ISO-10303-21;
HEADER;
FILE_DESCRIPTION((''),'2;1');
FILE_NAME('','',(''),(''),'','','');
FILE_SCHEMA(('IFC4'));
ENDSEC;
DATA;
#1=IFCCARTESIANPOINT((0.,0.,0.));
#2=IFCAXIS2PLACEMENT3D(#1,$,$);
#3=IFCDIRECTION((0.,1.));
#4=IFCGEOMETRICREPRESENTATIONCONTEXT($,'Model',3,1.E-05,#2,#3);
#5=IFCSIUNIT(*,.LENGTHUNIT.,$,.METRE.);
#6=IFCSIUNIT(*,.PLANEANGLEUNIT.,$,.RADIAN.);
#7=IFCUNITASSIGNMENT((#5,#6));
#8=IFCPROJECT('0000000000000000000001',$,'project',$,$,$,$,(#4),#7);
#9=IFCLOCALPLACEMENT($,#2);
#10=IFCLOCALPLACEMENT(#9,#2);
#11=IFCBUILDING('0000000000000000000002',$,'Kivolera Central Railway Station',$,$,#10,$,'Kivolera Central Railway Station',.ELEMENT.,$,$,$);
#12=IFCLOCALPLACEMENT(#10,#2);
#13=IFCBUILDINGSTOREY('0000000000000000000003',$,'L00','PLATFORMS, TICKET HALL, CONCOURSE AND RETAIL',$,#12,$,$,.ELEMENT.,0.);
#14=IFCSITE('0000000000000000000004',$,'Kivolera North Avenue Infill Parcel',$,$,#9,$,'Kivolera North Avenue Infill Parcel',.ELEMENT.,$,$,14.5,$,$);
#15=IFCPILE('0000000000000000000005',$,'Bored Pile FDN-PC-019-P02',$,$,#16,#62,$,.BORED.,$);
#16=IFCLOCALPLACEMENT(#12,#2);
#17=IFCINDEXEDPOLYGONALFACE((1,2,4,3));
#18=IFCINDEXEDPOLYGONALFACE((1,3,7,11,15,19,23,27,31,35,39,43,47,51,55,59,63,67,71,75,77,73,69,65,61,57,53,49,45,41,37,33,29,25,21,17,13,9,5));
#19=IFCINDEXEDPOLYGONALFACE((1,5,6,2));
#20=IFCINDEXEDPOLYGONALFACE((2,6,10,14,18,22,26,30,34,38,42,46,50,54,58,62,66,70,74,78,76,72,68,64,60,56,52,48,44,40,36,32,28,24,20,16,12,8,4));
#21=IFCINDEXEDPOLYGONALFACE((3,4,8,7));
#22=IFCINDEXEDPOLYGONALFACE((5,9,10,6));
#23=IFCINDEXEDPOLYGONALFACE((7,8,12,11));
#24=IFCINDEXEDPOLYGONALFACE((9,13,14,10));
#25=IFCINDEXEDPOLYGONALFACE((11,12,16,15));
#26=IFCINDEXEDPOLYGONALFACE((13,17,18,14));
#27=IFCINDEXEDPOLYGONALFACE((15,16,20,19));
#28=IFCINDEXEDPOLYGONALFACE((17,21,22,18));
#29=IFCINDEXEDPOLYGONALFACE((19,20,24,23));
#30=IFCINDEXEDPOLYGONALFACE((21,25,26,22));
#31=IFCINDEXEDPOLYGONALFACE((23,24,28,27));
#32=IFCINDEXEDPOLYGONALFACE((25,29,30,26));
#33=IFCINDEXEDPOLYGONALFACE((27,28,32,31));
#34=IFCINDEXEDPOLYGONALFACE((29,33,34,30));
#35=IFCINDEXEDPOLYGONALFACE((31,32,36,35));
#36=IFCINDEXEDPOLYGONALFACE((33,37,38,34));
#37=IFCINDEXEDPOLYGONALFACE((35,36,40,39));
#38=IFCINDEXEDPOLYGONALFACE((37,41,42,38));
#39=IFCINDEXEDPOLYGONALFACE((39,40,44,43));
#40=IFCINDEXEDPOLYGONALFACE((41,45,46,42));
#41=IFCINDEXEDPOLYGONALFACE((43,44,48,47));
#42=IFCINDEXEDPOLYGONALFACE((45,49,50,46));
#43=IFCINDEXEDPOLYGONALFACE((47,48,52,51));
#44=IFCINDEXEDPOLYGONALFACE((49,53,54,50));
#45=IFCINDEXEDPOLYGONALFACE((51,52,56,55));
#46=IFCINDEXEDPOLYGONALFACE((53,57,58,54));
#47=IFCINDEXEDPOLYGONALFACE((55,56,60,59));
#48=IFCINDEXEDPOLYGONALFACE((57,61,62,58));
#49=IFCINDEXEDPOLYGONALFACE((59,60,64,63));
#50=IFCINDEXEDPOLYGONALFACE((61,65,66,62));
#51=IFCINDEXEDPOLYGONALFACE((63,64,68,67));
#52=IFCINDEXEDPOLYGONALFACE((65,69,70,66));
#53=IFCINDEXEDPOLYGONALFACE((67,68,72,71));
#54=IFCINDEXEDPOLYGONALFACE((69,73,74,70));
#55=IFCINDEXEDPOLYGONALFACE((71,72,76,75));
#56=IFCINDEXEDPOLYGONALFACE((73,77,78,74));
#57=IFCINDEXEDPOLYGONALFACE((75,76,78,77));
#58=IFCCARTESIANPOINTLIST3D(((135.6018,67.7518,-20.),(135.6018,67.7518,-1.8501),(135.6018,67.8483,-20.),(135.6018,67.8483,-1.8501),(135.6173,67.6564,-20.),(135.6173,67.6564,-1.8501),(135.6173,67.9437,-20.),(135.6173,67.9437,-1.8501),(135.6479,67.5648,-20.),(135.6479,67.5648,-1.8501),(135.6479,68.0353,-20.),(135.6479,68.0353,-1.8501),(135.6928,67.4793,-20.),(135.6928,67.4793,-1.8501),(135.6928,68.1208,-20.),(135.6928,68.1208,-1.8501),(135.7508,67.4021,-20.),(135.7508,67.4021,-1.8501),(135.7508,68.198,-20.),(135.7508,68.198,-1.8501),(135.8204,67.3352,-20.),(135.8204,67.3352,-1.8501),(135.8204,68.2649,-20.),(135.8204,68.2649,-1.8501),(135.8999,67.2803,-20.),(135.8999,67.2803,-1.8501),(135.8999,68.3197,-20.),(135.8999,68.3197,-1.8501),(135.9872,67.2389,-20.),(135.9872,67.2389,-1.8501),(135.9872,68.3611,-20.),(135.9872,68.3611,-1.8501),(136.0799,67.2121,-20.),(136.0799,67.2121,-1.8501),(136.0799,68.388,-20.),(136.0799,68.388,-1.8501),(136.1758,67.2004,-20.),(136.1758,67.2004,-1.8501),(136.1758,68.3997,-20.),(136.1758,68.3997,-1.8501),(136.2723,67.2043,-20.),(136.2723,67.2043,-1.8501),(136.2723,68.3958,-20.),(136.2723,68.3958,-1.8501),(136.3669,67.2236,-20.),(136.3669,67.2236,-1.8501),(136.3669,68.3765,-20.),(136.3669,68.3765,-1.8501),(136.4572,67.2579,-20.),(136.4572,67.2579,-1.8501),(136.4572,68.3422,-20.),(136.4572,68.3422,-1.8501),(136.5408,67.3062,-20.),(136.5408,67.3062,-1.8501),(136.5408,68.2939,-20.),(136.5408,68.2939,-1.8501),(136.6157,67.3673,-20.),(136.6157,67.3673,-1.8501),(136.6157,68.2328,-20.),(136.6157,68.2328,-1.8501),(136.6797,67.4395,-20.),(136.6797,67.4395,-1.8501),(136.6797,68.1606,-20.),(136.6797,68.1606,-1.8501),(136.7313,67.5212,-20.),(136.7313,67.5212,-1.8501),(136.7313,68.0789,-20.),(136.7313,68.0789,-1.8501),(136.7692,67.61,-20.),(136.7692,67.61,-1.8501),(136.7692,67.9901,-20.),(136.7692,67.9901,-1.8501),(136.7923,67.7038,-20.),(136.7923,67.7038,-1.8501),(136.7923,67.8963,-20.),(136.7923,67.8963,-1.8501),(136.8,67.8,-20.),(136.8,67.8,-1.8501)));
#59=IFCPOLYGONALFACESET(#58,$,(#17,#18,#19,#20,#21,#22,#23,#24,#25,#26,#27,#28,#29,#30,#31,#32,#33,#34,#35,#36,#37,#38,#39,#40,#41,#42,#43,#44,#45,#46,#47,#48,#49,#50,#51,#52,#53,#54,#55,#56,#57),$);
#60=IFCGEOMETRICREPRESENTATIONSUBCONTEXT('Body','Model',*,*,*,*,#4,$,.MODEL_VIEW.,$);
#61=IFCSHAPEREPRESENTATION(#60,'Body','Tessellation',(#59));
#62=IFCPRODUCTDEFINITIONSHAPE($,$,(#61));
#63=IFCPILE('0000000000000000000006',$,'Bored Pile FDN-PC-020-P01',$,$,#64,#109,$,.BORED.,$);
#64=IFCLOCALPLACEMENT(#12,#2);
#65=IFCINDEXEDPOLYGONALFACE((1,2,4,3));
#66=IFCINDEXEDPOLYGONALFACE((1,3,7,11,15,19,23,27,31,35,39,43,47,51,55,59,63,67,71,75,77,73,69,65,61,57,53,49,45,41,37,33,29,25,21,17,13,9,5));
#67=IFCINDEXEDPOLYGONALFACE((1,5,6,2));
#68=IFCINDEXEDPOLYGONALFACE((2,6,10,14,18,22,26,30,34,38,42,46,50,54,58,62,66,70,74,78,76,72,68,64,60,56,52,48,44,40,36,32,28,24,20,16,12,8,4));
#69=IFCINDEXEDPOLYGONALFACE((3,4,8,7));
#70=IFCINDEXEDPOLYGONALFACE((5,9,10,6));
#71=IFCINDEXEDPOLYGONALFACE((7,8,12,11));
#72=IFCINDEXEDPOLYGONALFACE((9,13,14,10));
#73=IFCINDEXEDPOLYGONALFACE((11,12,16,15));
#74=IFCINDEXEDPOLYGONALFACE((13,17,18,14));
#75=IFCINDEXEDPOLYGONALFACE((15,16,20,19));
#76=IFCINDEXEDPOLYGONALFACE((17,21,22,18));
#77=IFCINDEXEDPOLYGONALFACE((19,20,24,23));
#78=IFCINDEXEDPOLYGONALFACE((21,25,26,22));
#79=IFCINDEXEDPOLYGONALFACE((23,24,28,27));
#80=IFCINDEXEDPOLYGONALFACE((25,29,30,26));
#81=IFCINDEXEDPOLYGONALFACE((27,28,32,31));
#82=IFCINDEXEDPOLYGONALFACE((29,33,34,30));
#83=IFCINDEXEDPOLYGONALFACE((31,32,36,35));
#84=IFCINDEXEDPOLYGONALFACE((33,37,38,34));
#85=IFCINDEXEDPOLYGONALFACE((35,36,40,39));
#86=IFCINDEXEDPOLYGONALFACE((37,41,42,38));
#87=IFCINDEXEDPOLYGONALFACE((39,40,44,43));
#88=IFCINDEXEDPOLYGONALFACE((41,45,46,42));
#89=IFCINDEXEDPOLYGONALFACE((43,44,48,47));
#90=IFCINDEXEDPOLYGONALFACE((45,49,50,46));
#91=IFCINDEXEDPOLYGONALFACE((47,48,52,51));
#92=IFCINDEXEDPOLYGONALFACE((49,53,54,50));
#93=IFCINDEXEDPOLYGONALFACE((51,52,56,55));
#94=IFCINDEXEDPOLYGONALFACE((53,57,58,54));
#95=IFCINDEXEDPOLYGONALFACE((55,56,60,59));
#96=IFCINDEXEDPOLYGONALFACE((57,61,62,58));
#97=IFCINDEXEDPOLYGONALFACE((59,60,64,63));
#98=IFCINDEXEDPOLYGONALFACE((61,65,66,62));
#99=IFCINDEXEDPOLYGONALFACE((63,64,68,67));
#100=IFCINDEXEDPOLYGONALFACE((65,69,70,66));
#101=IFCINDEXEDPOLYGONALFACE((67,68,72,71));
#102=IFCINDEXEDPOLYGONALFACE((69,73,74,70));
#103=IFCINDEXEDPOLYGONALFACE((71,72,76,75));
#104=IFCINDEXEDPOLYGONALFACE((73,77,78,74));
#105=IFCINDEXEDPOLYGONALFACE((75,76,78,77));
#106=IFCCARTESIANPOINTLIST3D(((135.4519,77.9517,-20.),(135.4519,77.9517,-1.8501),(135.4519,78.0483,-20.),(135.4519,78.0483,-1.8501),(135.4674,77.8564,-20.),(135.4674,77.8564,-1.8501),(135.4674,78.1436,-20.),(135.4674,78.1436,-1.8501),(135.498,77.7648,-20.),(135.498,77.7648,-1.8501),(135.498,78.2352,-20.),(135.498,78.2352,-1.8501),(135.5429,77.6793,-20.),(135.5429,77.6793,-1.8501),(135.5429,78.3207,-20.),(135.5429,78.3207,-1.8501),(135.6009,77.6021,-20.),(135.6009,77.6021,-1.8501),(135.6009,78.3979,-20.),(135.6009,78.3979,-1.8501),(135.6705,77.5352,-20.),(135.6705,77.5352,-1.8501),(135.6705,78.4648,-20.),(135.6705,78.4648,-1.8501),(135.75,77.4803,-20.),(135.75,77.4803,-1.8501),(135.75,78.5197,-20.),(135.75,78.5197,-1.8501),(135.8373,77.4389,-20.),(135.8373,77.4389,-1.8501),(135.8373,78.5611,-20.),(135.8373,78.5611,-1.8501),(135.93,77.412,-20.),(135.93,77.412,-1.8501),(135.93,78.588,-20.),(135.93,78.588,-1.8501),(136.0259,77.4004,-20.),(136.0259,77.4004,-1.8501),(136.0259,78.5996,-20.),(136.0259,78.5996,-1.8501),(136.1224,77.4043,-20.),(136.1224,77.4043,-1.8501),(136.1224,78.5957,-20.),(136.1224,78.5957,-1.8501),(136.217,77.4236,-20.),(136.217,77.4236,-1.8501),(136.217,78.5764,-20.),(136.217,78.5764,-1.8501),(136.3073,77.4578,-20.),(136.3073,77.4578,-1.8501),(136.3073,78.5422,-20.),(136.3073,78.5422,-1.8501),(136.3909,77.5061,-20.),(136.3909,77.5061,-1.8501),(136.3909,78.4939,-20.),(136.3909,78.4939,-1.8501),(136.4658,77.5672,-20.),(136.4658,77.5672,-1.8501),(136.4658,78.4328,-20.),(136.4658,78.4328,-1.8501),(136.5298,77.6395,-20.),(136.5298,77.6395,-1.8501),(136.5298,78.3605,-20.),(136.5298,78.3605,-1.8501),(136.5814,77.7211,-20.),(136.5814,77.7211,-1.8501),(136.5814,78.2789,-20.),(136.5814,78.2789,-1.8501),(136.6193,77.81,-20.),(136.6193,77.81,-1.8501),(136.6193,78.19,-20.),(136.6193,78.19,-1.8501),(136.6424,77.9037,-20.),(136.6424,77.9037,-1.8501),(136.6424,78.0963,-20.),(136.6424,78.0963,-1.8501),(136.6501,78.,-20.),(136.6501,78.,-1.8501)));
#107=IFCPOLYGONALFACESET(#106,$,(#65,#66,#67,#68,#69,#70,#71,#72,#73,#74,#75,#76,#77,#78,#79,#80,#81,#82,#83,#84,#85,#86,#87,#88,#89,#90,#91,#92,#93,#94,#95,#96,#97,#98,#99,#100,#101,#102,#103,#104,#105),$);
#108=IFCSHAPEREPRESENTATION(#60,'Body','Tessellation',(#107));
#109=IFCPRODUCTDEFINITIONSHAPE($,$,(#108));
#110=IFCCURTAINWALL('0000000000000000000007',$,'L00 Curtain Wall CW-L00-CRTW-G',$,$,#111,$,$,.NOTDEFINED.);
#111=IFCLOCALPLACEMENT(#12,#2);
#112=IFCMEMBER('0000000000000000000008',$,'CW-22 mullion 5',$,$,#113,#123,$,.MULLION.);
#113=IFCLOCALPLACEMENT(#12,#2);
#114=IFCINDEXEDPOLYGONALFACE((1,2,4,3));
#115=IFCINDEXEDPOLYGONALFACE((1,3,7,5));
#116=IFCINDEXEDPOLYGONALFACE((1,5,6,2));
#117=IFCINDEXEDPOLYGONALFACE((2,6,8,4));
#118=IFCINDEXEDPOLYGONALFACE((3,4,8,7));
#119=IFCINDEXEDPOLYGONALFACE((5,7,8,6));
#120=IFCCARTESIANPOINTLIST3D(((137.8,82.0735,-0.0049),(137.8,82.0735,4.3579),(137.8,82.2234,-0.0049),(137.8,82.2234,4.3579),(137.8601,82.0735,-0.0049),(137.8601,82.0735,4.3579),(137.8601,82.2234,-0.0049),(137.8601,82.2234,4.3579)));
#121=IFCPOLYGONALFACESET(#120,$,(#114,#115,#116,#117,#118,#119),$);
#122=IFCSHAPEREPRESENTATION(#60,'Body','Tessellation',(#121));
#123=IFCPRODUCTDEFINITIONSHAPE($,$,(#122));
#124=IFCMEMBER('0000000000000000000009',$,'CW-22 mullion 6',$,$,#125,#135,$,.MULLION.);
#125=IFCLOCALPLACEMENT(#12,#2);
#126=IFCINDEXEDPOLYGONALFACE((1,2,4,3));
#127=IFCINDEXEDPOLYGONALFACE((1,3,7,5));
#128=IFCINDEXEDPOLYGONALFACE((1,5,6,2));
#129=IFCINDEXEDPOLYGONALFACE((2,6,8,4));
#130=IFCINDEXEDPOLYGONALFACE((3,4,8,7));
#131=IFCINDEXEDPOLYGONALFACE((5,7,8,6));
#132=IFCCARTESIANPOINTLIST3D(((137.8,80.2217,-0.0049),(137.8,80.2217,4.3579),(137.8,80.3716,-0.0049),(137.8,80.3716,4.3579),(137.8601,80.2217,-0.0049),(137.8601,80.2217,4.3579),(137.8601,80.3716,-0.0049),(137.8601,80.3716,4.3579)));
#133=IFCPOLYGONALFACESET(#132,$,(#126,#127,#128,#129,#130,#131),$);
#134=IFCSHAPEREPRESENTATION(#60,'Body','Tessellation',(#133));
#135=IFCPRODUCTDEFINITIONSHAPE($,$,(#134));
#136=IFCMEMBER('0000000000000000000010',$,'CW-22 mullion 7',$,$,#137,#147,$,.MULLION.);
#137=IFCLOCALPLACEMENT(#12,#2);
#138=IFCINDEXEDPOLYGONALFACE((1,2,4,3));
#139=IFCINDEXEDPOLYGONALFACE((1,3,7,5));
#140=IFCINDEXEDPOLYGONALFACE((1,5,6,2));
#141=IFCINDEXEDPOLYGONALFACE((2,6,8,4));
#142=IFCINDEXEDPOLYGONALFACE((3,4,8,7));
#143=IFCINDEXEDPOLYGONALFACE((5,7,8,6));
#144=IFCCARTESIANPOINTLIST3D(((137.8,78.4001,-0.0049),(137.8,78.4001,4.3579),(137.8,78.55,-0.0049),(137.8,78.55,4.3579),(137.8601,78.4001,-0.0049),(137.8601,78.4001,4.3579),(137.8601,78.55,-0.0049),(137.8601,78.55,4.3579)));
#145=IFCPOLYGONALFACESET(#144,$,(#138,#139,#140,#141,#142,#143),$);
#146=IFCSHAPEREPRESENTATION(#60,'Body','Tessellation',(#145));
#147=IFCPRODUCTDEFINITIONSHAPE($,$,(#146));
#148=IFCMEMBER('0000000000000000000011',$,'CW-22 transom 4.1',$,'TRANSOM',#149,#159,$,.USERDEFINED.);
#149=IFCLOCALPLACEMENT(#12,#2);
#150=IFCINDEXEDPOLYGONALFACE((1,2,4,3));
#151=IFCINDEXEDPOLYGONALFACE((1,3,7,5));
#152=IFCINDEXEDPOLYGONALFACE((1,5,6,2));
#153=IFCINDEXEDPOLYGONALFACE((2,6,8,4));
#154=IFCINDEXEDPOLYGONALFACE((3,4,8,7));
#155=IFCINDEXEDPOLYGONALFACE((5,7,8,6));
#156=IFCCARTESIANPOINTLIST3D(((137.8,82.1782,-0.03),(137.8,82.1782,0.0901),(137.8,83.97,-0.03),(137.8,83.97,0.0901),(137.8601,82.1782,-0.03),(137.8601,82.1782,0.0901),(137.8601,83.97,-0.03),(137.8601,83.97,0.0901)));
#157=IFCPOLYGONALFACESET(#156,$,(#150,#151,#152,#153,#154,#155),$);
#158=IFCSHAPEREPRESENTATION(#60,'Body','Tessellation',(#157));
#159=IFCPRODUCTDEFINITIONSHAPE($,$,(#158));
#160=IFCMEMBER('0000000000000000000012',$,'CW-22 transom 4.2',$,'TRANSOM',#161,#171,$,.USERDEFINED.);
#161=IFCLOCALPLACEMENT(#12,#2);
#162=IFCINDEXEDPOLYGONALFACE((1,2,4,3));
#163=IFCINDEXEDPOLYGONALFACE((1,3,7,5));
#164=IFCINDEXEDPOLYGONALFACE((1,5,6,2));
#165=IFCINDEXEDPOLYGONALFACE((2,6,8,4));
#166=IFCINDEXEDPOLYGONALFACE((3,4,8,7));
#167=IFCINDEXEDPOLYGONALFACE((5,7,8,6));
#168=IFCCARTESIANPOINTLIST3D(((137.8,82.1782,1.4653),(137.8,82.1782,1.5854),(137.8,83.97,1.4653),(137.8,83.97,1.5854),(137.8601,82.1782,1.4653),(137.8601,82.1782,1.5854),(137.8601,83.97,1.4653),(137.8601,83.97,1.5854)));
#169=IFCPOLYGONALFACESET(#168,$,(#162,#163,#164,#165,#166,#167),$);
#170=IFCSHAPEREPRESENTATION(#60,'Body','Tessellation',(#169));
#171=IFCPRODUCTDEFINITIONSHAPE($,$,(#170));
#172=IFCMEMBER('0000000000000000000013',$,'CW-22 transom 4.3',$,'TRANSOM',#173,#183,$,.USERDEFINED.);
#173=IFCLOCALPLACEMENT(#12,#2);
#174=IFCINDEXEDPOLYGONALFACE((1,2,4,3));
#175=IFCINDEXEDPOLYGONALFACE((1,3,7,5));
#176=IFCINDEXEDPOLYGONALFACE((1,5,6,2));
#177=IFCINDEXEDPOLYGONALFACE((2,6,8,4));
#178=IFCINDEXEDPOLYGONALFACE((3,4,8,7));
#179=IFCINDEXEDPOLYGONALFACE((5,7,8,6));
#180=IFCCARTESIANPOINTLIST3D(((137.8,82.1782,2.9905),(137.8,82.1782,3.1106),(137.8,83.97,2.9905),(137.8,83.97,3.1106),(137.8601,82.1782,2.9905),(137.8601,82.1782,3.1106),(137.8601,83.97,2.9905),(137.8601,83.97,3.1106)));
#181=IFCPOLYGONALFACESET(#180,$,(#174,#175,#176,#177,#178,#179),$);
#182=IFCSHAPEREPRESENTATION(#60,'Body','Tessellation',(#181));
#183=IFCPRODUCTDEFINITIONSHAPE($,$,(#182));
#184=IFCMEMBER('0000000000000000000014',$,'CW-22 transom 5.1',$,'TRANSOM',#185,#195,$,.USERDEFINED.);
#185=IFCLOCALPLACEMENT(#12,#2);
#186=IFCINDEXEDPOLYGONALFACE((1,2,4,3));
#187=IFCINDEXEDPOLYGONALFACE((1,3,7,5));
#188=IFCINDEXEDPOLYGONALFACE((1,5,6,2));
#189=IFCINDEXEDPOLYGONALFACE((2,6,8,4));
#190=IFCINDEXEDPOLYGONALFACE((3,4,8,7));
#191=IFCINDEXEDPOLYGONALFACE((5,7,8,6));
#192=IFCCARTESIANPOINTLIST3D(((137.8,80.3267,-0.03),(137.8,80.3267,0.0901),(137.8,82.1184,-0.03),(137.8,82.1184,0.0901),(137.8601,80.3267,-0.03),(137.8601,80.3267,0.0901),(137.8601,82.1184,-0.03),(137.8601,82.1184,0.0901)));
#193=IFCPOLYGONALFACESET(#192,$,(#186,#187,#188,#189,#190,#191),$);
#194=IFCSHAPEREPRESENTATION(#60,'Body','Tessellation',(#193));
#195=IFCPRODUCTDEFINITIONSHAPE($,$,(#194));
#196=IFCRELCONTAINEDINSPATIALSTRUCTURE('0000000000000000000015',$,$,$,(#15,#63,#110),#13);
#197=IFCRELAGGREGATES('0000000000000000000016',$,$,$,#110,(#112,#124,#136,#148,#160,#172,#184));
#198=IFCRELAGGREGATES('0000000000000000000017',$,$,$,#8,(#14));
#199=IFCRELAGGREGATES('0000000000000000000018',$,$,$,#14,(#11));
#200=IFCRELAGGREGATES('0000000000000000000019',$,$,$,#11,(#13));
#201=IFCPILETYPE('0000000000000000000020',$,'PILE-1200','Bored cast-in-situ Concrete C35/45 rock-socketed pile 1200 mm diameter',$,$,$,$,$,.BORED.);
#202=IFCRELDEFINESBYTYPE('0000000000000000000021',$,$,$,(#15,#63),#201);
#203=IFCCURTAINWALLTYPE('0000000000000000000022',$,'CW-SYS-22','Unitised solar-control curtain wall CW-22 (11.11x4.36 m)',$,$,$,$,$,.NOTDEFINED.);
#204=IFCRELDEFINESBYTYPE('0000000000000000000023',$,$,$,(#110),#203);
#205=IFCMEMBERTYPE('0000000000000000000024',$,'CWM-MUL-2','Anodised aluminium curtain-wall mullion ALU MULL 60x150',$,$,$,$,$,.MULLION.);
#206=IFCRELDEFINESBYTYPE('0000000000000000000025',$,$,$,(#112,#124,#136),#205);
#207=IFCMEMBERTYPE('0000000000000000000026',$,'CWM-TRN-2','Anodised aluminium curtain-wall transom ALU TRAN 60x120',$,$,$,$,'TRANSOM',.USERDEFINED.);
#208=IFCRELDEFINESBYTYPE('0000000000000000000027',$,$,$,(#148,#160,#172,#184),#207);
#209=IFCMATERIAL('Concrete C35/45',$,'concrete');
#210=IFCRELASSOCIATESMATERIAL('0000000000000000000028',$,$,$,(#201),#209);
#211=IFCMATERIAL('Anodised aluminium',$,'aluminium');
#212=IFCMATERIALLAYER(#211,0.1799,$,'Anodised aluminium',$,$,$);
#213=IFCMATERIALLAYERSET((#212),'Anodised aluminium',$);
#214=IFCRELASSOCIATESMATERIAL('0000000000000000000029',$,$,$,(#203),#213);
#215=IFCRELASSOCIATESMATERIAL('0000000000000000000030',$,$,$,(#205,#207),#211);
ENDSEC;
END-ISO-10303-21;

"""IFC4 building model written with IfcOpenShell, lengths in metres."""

from ifc_helpers import new_model, si_unit, direction, frame, origin, origin_2d, place, context, subcontext, project, spatial, rectangle, circle, extrude, material, layer, layer_set, material_profile, profile_set, type_object, element, aggregate, save


model = new_model("IFC4")

# Units and contexts
model_context = context("Model", 3, precision=1e-05, world=origin(), true_north=direction((0.0, 1.0)))
body_context = subcontext(model_context, "Body", "Model", "MODEL_VIEW")
ifc_project = project(units=[si_unit("LENGTHUNIT", "METRE"), si_unit("PLANEANGLEUNIT", "RADIAN")], contexts=[model_context])

# Site, building, storey
site_placement = place(None, origin())
site = spatial("IfcSite", under=ifc_project, at=site_placement, Name="Kivolera North Avenue Infill Parcel", LongName="Kivolera North Avenue Infill Parcel", CompositionType="ELEMENT", RefElevation=14.5)
building_placement = place(site_placement, origin())
building = spatial("IfcBuilding", under=site, at=building_placement, Name="Kivolera Central Railway Station", LongName="Kivolera Central Railway Station", CompositionType="ELEMENT")
storey_placement = place(building_placement, origin())
storey = spatial("IfcBuildingStorey", under=building, at=storey_placement, Name="L00", Description="PLATFORMS, TICKET HALL, CONCOURSE AND RETAIL", CompositionType="ELEMENT", Elevation=0.0)

# Piles
ifc_material_1 = material(Name="Concrete C35/45", Category="concrete")
ifc_material_profile_1 = material_profile(ifc_material_1, circle(Radius=0.6001, at=origin_2d()), Name="PILE D1200")
ifc_profile_set_1 = profile_set([ifc_material_profile_1], Name="Concrete C35/45")
pile_type = type_object("IfcPileType", Name="PILE-1200", Description="Bored cast-in-situ Concrete C35/45 rock-socketed pile 1200 mm diameter", PredefinedType="BORED", material=ifc_profile_set_1)
for number, where, z_axis, x_axis, name in (
    (1, (136.2, 67.8, -1.8501), (0.0, 0.0, -1.0), (1.0, 0.0, 0.0), "Bored Pile FDN-PC-019-P02"),
    (2, (136.05, 78.0, -1.8501), (0.0, 0.0, -1.0), (1.0, 0.0, 0.0), "Bored Pile FDN-PC-020-P01"),
):
    element("IfcPile", number, at=place(storey_placement, frame(where, z_axis=z_axis, x_axis=x_axis)), inside=storey, type_object=pile_type, Name=name, PredefinedType="BORED", context=body_context, shape_type="SweptSolid", body=[
        extrude(circle(Radius=0.6001, at=origin_2d()), origin(), (0.0, 0.0, 1.0), 18.1499),
    ])

# Curtain wall, members
ifc_material_2 = material(Name="Anodised aluminium", Category="aluminium")
ifc_layer_1 = layer(ifc_material_2, 0.1799, Name="Anodised aluminium")
ifc_layer_set_1 = layer_set([ifc_layer_1], Name="Anodised aluminium")
curtain_wall_type = type_object("IfcCurtainWallType", Name="CW-SYS-22", Description="Unitised solar-control curtain wall CW-22 (11.11x4.36 m)", PredefinedType="NOTDEFINED", material=ifc_layer_set_1)
curtain_wall_placement = place(storey_placement, origin())
curtain_wall = element("IfcCurtainWall", 3, at=curtain_wall_placement, inside=storey, type_object=curtain_wall_type, Name="L00 Curtain Wall CW-L00-CRTW-G", PredefinedType="NOTDEFINED")
ifc_material_profile_2 = material_profile(ifc_material_2, rectangle(XDim=0.0601, YDim=0.1499, at=origin_2d()), Name="ALU MULL 60x150")
ifc_profile_set_2 = profile_set([ifc_material_profile_2], Name="Anodised aluminium")
member_type_1 = type_object("IfcMemberType", Name="CWM-MUL-2", Description="Anodised aluminium curtain-wall mullion ALU MULL 60x150", PredefinedType="MULLION", material=ifc_profile_set_2)
member_1_placement = place(storey_placement, frame((137.8301, 82.1484, -0.0049), z_axis=(0.0, 0.0, 1.0), x_axis=(1.0, 0.0, 0.0)))
member_1 = element("IfcMember", 4, at=member_1_placement, type_object=member_type_1, Name="CW-22 mullion 5", PredefinedType="MULLION", context=body_context, shape_type="SweptSolid", body=[
    extrude(rectangle(XDim=0.0601, YDim=0.1499, at=origin_2d()), origin(), (0.0, 0.0, 1.0), 4.3628),
])
member_2_placement = place(storey_placement, frame((137.8301, 80.2966, -0.0049), z_axis=(0.0, 0.0, 1.0), x_axis=(1.0, 0.0, 0.0)))
member_2 = element("IfcMember", 5, at=member_2_placement, type_object=member_type_1, Name="CW-22 mullion 6", PredefinedType="MULLION", context=body_context, shape_type="SweptSolid", body=[
    extrude(rectangle(XDim=0.0601, YDim=0.1499, at=origin_2d()), origin(), (0.0, 0.0, 1.0), 4.3628),
])
member_3_placement = place(storey_placement, frame((137.8301, 78.4751, -0.0049), z_axis=(0.0, 0.0, 1.0), x_axis=(1.0, 0.0, 0.0)))
member_3 = element("IfcMember", 6, at=member_3_placement, type_object=member_type_1, Name="CW-22 mullion 7", PredefinedType="MULLION", context=body_context, shape_type="SweptSolid", body=[
    extrude(rectangle(XDim=0.0601, YDim=0.1499, at=origin_2d()), origin(), (0.0, 0.0, 1.0), 4.3628),
])
ifc_material_profile_3 = material_profile(ifc_material_2, rectangle(XDim=0.0601, YDim=0.1201, at=origin_2d()), Name="ALU TRAN 60x120")
ifc_profile_set_3 = profile_set([ifc_material_profile_3], Name="Anodised aluminium")
member_type_2 = type_object("IfcMemberType", Name="CWM-TRN-2", Description="Anodised aluminium curtain-wall transom ALU TRAN 60x120", ElementType="TRANSOM", PredefinedType="USERDEFINED", material=ifc_profile_set_3)
member_4_placement = place(storey_placement, frame((137.8301, 83.97, 0.03), z_axis=(0.0, -1.0, 0.0), x_axis=(1.0, 0.0, 0.0)))
member_4 = element("IfcMember", 7, at=member_4_placement, type_object=member_type_2, Name="CW-22 transom 4.1", ObjectType="TRANSOM", PredefinedType="USERDEFINED", context=body_context, shape_type="SweptSolid", body=[
    extrude(rectangle(XDim=0.0601, YDim=0.1201, at=origin_2d()), origin(), (0.0, 0.0, 1.0), 1.7917),
])
member_5_placement = place(storey_placement, frame((137.8301, 83.97, 1.5254), z_axis=(0.0, -1.0, 0.0), x_axis=(1.0, 0.0, 0.0)))
member_5 = element("IfcMember", 8, at=member_5_placement, type_object=member_type_2, Name="CW-22 transom 4.2", ObjectType="TRANSOM", PredefinedType="USERDEFINED", context=body_context, shape_type="SweptSolid", body=[
    extrude(rectangle(XDim=0.0601, YDim=0.1201, at=origin_2d()), origin(), (0.0, 0.0, 1.0), 1.7917),
])
member_6_placement = place(storey_placement, frame((137.8301, 83.97, 3.0505), z_axis=(0.0, -1.0, 0.0), x_axis=(1.0, 0.0, 0.0)))
member_6 = element("IfcMember", 9, at=member_6_placement, type_object=member_type_2, Name="CW-22 transom 4.3", ObjectType="TRANSOM", PredefinedType="USERDEFINED", context=body_context, shape_type="SweptSolid", body=[
    extrude(rectangle(XDim=0.0601, YDim=0.1201, at=origin_2d()), origin(), (0.0, 0.0, 1.0), 1.7917),
])
member_7_placement = place(storey_placement, frame((137.8301, 82.1184, 0.03), z_axis=(0.0, -1.0, 0.0), x_axis=(1.0, 0.0, 0.0)))
member_7 = element("IfcMember", 10, at=member_7_placement, type_object=member_type_2, Name="CW-22 transom 5.1", ObjectType="TRANSOM", PredefinedType="USERDEFINED", context=body_context, shape_type="SweptSolid", body=[
    extrude(rectangle(XDim=0.0601, YDim=0.1201, at=origin_2d()), origin(), (0.0, 0.0, 1.0), 1.7917),
])
aggregate(curtain_wall, [member_1, member_2, member_3, member_4, member_5, member_6, member_7])

save(model, "model.ifc")
